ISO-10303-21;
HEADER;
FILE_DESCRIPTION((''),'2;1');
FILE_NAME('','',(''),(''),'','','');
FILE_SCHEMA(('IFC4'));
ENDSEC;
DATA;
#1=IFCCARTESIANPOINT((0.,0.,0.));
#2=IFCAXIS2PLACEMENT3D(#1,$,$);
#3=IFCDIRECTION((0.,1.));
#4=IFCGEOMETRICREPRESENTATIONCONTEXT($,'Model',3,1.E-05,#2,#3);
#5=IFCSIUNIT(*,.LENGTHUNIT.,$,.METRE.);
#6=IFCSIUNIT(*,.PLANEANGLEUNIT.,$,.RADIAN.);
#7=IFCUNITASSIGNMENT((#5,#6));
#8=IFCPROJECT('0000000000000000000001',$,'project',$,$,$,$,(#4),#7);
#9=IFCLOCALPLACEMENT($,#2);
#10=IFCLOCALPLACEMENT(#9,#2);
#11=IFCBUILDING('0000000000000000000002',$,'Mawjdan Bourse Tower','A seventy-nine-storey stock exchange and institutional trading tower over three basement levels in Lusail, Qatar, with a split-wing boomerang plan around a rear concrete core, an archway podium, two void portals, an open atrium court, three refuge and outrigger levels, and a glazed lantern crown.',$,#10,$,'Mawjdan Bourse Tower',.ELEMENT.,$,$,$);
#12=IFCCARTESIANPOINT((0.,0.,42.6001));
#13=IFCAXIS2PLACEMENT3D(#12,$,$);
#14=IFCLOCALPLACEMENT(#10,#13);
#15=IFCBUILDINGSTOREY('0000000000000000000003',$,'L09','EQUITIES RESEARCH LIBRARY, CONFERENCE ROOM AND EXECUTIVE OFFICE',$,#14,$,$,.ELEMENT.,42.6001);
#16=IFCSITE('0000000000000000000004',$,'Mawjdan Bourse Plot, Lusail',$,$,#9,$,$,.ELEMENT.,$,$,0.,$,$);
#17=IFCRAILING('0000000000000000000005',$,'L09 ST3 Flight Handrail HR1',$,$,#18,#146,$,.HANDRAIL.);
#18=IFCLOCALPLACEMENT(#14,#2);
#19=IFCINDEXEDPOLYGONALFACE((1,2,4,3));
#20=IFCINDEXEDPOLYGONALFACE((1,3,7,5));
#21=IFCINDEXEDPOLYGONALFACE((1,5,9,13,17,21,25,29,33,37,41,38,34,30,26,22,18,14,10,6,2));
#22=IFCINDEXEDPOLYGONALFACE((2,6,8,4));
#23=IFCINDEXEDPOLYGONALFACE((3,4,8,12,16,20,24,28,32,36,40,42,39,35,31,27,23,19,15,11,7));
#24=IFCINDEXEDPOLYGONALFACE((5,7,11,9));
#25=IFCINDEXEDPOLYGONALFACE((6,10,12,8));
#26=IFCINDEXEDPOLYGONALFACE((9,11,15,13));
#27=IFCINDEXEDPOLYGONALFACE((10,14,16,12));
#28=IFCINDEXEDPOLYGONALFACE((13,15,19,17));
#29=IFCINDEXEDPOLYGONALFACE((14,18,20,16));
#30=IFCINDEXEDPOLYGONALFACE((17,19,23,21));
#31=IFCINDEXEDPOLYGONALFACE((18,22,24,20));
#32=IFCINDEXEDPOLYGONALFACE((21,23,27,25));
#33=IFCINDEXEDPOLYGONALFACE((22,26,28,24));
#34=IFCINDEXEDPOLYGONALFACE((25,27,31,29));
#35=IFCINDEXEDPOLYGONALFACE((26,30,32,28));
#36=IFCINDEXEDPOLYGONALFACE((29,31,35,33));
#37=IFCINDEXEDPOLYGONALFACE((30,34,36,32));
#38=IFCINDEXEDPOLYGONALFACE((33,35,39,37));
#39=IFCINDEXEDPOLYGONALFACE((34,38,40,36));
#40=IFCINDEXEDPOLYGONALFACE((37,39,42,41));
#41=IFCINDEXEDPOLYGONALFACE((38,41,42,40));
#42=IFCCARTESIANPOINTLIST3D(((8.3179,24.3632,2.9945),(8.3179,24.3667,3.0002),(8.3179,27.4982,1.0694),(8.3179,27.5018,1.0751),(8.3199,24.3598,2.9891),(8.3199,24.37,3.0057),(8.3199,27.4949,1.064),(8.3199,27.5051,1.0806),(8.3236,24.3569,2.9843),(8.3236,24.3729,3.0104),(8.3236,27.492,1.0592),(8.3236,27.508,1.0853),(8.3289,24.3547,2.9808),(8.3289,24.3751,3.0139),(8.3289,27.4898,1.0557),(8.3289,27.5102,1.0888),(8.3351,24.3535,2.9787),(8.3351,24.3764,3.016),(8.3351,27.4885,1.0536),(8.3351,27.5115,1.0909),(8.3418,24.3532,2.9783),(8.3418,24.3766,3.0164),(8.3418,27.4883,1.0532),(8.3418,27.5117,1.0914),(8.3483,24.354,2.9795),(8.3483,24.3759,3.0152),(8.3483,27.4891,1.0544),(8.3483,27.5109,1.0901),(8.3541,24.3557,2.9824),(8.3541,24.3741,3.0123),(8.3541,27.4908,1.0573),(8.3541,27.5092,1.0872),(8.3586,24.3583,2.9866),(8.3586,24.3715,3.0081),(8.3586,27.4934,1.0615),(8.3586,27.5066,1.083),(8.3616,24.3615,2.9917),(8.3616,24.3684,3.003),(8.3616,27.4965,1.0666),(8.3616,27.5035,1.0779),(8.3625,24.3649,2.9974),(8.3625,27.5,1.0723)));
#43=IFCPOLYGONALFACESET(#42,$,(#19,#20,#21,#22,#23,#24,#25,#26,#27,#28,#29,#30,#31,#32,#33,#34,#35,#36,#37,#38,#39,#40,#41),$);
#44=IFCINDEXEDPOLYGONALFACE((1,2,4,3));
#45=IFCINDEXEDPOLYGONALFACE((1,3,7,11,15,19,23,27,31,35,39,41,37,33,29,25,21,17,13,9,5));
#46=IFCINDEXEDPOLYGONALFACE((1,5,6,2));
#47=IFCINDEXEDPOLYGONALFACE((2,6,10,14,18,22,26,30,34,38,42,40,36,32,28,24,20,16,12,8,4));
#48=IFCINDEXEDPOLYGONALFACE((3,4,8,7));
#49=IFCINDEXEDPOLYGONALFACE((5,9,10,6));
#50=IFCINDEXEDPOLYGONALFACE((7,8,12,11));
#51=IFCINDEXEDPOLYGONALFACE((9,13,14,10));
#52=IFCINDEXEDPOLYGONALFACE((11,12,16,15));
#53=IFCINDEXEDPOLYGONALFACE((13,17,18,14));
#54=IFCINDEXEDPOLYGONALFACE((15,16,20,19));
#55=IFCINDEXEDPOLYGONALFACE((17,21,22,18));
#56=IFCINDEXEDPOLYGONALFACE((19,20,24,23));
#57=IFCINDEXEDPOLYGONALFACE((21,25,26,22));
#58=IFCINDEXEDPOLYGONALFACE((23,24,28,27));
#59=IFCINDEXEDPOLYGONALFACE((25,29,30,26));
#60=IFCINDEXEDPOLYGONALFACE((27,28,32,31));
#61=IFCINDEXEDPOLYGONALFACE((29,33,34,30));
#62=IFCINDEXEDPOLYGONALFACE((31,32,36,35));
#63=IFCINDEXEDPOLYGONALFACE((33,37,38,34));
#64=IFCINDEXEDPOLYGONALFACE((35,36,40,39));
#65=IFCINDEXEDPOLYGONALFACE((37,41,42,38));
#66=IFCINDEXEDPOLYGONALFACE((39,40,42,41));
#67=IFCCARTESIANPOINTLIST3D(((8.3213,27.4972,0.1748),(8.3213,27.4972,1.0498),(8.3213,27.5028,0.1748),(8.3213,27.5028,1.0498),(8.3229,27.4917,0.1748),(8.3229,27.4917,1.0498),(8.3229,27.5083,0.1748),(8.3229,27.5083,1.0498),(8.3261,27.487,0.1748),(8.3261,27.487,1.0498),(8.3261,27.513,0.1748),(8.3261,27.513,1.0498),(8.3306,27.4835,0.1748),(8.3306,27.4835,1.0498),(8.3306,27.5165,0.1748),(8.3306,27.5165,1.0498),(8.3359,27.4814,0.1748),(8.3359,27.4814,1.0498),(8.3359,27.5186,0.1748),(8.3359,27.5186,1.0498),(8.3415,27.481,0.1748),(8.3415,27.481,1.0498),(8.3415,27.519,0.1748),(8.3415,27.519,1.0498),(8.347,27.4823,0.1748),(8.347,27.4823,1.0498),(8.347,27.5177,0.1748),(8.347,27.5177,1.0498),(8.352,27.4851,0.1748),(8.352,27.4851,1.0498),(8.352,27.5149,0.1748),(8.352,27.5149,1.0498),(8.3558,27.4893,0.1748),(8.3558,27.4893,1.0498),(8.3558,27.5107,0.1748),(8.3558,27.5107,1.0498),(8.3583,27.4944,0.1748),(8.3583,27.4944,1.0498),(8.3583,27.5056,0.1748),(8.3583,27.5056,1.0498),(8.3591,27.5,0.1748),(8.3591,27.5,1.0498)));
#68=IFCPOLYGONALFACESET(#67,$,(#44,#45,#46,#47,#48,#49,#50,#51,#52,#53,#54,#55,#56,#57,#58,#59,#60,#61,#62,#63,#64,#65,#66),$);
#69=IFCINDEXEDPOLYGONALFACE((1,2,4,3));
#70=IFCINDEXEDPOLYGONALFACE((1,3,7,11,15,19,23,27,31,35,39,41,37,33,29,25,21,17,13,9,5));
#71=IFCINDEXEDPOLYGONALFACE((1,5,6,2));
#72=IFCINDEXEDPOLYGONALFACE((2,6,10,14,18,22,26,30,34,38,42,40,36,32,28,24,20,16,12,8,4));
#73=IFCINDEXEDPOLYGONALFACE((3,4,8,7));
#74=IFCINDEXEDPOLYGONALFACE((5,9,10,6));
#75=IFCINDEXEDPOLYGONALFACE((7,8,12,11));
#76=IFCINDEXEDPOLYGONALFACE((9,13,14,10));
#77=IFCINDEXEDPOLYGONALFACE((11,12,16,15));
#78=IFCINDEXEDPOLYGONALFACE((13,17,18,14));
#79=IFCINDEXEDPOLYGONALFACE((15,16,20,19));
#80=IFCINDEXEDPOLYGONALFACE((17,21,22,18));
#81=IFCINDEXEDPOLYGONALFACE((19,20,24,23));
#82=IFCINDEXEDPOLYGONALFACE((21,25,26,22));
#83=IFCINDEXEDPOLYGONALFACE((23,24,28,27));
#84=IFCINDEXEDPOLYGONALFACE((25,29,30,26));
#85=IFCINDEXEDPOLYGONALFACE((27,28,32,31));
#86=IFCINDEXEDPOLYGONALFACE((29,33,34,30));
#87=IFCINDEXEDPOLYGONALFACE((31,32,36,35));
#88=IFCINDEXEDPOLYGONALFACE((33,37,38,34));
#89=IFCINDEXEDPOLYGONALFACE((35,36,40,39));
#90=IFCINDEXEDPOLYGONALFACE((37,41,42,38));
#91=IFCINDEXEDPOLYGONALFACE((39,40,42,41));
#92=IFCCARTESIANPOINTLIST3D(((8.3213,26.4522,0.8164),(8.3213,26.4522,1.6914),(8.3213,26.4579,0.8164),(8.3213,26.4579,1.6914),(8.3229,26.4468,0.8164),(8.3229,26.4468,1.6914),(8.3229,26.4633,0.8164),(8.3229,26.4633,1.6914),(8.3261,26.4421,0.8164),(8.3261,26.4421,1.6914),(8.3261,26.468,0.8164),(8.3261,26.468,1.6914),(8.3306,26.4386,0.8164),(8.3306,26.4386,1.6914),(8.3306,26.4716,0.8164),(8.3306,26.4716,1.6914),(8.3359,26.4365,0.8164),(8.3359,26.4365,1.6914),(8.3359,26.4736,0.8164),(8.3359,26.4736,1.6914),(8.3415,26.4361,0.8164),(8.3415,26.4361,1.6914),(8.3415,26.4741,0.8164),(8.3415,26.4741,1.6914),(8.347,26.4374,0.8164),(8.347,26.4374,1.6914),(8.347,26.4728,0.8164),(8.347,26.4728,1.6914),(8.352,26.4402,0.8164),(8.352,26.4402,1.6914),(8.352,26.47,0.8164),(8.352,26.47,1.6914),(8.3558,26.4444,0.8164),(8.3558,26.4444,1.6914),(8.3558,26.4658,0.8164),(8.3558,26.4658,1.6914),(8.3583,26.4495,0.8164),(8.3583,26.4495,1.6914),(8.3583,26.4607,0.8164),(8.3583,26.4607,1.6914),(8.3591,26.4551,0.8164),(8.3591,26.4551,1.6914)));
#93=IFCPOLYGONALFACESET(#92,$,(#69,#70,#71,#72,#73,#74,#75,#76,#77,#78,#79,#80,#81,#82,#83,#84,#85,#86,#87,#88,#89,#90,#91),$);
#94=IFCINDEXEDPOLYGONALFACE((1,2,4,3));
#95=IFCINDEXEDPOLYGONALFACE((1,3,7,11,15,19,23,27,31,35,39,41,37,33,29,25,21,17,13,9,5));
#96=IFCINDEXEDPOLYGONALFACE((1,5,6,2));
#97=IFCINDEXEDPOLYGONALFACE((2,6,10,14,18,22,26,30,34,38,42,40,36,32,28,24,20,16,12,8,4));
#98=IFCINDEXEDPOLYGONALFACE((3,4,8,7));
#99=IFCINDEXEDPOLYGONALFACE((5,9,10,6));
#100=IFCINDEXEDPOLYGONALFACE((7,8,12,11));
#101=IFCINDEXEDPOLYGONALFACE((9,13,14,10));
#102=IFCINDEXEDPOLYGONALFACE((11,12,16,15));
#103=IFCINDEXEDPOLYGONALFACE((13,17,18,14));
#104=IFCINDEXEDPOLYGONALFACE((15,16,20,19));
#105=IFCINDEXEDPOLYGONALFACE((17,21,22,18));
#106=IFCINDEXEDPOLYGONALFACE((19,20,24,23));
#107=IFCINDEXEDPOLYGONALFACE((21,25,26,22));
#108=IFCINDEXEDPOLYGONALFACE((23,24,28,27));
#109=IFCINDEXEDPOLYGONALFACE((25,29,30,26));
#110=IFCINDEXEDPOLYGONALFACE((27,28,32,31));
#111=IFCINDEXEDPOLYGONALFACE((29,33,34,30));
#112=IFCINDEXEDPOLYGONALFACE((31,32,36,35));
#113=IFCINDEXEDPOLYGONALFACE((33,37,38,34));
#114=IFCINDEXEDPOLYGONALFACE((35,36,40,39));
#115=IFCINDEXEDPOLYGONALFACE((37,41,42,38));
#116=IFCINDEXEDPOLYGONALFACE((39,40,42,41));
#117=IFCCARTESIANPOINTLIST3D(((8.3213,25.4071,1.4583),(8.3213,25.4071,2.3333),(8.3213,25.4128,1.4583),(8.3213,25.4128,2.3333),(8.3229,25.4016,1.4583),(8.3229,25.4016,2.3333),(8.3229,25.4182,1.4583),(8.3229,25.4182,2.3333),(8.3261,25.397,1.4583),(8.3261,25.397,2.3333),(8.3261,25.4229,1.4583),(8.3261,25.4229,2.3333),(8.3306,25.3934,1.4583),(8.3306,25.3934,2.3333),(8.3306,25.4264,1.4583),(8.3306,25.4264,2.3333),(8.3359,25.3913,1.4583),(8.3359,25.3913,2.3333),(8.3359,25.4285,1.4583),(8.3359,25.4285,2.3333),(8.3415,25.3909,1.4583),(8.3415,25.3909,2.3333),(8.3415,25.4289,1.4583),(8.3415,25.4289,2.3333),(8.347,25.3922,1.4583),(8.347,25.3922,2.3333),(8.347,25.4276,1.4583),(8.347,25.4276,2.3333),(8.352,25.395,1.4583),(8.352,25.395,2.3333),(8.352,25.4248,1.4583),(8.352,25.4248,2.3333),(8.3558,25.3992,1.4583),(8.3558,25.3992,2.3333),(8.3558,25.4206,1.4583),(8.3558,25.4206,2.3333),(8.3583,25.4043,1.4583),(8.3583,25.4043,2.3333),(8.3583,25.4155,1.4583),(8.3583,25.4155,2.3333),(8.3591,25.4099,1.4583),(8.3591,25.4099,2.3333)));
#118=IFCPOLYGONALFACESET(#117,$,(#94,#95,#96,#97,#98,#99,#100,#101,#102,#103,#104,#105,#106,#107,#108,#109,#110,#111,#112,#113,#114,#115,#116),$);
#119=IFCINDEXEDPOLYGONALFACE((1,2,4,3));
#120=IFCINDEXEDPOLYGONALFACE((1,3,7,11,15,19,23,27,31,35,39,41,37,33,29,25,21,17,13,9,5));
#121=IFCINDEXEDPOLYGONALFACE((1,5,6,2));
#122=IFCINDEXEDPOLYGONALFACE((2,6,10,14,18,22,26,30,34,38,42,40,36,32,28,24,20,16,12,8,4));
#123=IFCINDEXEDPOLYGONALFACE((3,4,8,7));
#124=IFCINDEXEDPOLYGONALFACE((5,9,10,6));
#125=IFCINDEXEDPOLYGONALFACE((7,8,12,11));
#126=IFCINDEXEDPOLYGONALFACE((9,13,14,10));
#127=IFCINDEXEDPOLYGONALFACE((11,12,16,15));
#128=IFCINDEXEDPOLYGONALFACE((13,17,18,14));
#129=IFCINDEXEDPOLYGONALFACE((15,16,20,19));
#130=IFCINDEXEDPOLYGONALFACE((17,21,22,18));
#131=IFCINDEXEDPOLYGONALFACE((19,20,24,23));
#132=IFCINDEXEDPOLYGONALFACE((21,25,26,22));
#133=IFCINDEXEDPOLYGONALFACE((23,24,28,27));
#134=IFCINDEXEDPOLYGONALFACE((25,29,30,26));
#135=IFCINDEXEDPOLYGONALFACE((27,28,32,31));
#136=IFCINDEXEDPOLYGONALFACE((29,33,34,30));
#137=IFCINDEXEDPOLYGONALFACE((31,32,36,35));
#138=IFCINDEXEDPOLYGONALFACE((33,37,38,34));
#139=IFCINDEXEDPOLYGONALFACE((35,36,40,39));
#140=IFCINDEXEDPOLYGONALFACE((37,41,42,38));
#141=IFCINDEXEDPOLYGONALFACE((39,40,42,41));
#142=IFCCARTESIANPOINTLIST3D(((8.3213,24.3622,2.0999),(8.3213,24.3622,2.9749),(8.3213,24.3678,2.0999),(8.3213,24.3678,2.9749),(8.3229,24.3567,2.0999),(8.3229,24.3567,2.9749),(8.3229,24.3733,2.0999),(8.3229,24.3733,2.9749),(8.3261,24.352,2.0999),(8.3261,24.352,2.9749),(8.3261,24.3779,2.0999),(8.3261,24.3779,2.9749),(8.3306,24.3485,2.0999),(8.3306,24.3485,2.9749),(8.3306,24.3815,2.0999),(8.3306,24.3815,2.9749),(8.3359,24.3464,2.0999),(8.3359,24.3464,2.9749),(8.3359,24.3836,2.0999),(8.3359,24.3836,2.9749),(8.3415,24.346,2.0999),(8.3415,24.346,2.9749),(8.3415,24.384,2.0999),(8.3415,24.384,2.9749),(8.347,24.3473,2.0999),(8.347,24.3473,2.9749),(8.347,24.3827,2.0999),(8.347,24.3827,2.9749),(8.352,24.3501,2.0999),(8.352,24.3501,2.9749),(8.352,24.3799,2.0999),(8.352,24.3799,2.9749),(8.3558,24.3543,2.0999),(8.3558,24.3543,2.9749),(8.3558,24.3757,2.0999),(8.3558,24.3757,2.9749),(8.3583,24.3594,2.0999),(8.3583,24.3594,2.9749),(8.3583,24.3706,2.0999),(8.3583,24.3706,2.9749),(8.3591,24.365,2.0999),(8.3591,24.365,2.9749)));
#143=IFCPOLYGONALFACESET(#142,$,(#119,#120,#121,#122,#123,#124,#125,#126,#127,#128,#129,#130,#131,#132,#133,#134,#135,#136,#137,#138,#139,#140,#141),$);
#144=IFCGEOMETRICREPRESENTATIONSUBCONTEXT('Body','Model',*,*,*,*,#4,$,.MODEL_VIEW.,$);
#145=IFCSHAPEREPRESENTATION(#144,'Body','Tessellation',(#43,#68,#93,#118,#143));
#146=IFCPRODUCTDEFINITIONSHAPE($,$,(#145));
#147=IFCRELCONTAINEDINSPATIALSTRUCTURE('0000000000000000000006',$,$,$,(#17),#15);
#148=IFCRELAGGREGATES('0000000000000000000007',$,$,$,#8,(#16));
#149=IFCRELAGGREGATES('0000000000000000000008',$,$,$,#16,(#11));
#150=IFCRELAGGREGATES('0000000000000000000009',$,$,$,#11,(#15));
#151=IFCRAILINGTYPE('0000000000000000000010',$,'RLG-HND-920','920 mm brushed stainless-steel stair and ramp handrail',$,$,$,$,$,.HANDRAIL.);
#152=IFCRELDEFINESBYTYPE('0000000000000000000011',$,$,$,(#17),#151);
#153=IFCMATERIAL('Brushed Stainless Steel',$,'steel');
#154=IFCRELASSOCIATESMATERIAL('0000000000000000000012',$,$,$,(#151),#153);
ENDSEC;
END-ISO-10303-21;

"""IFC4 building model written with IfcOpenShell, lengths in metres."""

from ifc_helpers import new_model, si_unit, direction, frame, origin, origin_2d, place, context, subcontext, project, spatial, circle, extrude, material, type_object, element, save


model = new_model("IFC4")

# Units and contexts
model_context = context("Model", 3, precision=1e-05, world=origin(), true_north=direction((0.0, 1.0)))
body_context = subcontext(model_context, "Body", "Model", "MODEL_VIEW")
ifc_project = project(units=[si_unit("LENGTHUNIT", "METRE"), si_unit("PLANEANGLEUNIT", "RADIAN")], contexts=[model_context])

# Site, building, storey
site_placement = place(None, origin())
site = spatial("IfcSite", under=ifc_project, at=site_placement, Name="Mawjdan Bourse Plot, Lusail", CompositionType="ELEMENT", RefElevation=0.0)
building_placement = place(site_placement, origin())
building = spatial("IfcBuilding", under=site, at=building_placement, Name="Mawjdan Bourse Tower", Description="A seventy-nine-storey stock exchange and institutional trading tower over three basement levels in Lusail, Qatar, with a split-wing boomerang plan around a rear concrete core, an archway podium, two void portals, an open atrium court, three refuge and outrigger levels, and a glazed lantern crown.", LongName="Mawjdan Bourse Tower", CompositionType="ELEMENT")
storey_placement = place(building_placement, frame((0.0, 0.0, 42.6001)))
storey = spatial("IfcBuildingStorey", under=building, at=storey_placement, Name="L09", Description="EQUITIES RESEARCH LIBRARY, CONFERENCE ROOM AND EXECUTIVE OFFICE", CompositionType="ELEMENT", Elevation=42.6001)

# Railing
ifc_material_1 = material(Name="Brushed Stainless Steel", Category="steel")
railing_type_1 = type_object("IfcRailingType", Name="RLG-HND-920", Description="920 mm brushed stainless-steel stair and ramp handrail", PredefinedType="HANDRAIL", material=ifc_material_1)
railing_1_placement = place(storey_placement, frame((8.3401, 27.5, 0.1748)))
element("IfcRailing", 1, at=railing_1_placement, inside=storey, type_object=railing_type_1, Name="L09 ST3 Flight Handrail HR1", PredefinedType="HANDRAIL", context=body_context, shape_type="SweptSolid", body=[
    extrude(circle(Radius=0.0225, at=origin_2d()), frame((0.0, 0.0, 0.8975), z_axis=(0.0, -0.852166, 0.523271), x_axis=(1.0, 0.0, 0.0)), (0.0, 0.0, 1.0), 3.679),
    extrude(circle(Radius=0.019, at=origin_2d()), origin(), (0.0, 0.0, 1.0), 0.875),
    extrude(circle(Radius=0.019, at=origin_2d()), frame((0.0, -1.0449, 0.6416)), (0.0, 0.0, 1.0), 0.875),
    extrude(circle(Radius=0.019, at=origin_2d()), frame((0.0, -2.0901, 1.2834)), (0.0, 0.0, 1.0), 0.875),
    extrude(circle(Radius=0.019, at=origin_2d()), frame((0.0, -3.135, 1.925)), (0.0, 0.0, 1.0), 0.875),
])

save(model, "model.ifc")
